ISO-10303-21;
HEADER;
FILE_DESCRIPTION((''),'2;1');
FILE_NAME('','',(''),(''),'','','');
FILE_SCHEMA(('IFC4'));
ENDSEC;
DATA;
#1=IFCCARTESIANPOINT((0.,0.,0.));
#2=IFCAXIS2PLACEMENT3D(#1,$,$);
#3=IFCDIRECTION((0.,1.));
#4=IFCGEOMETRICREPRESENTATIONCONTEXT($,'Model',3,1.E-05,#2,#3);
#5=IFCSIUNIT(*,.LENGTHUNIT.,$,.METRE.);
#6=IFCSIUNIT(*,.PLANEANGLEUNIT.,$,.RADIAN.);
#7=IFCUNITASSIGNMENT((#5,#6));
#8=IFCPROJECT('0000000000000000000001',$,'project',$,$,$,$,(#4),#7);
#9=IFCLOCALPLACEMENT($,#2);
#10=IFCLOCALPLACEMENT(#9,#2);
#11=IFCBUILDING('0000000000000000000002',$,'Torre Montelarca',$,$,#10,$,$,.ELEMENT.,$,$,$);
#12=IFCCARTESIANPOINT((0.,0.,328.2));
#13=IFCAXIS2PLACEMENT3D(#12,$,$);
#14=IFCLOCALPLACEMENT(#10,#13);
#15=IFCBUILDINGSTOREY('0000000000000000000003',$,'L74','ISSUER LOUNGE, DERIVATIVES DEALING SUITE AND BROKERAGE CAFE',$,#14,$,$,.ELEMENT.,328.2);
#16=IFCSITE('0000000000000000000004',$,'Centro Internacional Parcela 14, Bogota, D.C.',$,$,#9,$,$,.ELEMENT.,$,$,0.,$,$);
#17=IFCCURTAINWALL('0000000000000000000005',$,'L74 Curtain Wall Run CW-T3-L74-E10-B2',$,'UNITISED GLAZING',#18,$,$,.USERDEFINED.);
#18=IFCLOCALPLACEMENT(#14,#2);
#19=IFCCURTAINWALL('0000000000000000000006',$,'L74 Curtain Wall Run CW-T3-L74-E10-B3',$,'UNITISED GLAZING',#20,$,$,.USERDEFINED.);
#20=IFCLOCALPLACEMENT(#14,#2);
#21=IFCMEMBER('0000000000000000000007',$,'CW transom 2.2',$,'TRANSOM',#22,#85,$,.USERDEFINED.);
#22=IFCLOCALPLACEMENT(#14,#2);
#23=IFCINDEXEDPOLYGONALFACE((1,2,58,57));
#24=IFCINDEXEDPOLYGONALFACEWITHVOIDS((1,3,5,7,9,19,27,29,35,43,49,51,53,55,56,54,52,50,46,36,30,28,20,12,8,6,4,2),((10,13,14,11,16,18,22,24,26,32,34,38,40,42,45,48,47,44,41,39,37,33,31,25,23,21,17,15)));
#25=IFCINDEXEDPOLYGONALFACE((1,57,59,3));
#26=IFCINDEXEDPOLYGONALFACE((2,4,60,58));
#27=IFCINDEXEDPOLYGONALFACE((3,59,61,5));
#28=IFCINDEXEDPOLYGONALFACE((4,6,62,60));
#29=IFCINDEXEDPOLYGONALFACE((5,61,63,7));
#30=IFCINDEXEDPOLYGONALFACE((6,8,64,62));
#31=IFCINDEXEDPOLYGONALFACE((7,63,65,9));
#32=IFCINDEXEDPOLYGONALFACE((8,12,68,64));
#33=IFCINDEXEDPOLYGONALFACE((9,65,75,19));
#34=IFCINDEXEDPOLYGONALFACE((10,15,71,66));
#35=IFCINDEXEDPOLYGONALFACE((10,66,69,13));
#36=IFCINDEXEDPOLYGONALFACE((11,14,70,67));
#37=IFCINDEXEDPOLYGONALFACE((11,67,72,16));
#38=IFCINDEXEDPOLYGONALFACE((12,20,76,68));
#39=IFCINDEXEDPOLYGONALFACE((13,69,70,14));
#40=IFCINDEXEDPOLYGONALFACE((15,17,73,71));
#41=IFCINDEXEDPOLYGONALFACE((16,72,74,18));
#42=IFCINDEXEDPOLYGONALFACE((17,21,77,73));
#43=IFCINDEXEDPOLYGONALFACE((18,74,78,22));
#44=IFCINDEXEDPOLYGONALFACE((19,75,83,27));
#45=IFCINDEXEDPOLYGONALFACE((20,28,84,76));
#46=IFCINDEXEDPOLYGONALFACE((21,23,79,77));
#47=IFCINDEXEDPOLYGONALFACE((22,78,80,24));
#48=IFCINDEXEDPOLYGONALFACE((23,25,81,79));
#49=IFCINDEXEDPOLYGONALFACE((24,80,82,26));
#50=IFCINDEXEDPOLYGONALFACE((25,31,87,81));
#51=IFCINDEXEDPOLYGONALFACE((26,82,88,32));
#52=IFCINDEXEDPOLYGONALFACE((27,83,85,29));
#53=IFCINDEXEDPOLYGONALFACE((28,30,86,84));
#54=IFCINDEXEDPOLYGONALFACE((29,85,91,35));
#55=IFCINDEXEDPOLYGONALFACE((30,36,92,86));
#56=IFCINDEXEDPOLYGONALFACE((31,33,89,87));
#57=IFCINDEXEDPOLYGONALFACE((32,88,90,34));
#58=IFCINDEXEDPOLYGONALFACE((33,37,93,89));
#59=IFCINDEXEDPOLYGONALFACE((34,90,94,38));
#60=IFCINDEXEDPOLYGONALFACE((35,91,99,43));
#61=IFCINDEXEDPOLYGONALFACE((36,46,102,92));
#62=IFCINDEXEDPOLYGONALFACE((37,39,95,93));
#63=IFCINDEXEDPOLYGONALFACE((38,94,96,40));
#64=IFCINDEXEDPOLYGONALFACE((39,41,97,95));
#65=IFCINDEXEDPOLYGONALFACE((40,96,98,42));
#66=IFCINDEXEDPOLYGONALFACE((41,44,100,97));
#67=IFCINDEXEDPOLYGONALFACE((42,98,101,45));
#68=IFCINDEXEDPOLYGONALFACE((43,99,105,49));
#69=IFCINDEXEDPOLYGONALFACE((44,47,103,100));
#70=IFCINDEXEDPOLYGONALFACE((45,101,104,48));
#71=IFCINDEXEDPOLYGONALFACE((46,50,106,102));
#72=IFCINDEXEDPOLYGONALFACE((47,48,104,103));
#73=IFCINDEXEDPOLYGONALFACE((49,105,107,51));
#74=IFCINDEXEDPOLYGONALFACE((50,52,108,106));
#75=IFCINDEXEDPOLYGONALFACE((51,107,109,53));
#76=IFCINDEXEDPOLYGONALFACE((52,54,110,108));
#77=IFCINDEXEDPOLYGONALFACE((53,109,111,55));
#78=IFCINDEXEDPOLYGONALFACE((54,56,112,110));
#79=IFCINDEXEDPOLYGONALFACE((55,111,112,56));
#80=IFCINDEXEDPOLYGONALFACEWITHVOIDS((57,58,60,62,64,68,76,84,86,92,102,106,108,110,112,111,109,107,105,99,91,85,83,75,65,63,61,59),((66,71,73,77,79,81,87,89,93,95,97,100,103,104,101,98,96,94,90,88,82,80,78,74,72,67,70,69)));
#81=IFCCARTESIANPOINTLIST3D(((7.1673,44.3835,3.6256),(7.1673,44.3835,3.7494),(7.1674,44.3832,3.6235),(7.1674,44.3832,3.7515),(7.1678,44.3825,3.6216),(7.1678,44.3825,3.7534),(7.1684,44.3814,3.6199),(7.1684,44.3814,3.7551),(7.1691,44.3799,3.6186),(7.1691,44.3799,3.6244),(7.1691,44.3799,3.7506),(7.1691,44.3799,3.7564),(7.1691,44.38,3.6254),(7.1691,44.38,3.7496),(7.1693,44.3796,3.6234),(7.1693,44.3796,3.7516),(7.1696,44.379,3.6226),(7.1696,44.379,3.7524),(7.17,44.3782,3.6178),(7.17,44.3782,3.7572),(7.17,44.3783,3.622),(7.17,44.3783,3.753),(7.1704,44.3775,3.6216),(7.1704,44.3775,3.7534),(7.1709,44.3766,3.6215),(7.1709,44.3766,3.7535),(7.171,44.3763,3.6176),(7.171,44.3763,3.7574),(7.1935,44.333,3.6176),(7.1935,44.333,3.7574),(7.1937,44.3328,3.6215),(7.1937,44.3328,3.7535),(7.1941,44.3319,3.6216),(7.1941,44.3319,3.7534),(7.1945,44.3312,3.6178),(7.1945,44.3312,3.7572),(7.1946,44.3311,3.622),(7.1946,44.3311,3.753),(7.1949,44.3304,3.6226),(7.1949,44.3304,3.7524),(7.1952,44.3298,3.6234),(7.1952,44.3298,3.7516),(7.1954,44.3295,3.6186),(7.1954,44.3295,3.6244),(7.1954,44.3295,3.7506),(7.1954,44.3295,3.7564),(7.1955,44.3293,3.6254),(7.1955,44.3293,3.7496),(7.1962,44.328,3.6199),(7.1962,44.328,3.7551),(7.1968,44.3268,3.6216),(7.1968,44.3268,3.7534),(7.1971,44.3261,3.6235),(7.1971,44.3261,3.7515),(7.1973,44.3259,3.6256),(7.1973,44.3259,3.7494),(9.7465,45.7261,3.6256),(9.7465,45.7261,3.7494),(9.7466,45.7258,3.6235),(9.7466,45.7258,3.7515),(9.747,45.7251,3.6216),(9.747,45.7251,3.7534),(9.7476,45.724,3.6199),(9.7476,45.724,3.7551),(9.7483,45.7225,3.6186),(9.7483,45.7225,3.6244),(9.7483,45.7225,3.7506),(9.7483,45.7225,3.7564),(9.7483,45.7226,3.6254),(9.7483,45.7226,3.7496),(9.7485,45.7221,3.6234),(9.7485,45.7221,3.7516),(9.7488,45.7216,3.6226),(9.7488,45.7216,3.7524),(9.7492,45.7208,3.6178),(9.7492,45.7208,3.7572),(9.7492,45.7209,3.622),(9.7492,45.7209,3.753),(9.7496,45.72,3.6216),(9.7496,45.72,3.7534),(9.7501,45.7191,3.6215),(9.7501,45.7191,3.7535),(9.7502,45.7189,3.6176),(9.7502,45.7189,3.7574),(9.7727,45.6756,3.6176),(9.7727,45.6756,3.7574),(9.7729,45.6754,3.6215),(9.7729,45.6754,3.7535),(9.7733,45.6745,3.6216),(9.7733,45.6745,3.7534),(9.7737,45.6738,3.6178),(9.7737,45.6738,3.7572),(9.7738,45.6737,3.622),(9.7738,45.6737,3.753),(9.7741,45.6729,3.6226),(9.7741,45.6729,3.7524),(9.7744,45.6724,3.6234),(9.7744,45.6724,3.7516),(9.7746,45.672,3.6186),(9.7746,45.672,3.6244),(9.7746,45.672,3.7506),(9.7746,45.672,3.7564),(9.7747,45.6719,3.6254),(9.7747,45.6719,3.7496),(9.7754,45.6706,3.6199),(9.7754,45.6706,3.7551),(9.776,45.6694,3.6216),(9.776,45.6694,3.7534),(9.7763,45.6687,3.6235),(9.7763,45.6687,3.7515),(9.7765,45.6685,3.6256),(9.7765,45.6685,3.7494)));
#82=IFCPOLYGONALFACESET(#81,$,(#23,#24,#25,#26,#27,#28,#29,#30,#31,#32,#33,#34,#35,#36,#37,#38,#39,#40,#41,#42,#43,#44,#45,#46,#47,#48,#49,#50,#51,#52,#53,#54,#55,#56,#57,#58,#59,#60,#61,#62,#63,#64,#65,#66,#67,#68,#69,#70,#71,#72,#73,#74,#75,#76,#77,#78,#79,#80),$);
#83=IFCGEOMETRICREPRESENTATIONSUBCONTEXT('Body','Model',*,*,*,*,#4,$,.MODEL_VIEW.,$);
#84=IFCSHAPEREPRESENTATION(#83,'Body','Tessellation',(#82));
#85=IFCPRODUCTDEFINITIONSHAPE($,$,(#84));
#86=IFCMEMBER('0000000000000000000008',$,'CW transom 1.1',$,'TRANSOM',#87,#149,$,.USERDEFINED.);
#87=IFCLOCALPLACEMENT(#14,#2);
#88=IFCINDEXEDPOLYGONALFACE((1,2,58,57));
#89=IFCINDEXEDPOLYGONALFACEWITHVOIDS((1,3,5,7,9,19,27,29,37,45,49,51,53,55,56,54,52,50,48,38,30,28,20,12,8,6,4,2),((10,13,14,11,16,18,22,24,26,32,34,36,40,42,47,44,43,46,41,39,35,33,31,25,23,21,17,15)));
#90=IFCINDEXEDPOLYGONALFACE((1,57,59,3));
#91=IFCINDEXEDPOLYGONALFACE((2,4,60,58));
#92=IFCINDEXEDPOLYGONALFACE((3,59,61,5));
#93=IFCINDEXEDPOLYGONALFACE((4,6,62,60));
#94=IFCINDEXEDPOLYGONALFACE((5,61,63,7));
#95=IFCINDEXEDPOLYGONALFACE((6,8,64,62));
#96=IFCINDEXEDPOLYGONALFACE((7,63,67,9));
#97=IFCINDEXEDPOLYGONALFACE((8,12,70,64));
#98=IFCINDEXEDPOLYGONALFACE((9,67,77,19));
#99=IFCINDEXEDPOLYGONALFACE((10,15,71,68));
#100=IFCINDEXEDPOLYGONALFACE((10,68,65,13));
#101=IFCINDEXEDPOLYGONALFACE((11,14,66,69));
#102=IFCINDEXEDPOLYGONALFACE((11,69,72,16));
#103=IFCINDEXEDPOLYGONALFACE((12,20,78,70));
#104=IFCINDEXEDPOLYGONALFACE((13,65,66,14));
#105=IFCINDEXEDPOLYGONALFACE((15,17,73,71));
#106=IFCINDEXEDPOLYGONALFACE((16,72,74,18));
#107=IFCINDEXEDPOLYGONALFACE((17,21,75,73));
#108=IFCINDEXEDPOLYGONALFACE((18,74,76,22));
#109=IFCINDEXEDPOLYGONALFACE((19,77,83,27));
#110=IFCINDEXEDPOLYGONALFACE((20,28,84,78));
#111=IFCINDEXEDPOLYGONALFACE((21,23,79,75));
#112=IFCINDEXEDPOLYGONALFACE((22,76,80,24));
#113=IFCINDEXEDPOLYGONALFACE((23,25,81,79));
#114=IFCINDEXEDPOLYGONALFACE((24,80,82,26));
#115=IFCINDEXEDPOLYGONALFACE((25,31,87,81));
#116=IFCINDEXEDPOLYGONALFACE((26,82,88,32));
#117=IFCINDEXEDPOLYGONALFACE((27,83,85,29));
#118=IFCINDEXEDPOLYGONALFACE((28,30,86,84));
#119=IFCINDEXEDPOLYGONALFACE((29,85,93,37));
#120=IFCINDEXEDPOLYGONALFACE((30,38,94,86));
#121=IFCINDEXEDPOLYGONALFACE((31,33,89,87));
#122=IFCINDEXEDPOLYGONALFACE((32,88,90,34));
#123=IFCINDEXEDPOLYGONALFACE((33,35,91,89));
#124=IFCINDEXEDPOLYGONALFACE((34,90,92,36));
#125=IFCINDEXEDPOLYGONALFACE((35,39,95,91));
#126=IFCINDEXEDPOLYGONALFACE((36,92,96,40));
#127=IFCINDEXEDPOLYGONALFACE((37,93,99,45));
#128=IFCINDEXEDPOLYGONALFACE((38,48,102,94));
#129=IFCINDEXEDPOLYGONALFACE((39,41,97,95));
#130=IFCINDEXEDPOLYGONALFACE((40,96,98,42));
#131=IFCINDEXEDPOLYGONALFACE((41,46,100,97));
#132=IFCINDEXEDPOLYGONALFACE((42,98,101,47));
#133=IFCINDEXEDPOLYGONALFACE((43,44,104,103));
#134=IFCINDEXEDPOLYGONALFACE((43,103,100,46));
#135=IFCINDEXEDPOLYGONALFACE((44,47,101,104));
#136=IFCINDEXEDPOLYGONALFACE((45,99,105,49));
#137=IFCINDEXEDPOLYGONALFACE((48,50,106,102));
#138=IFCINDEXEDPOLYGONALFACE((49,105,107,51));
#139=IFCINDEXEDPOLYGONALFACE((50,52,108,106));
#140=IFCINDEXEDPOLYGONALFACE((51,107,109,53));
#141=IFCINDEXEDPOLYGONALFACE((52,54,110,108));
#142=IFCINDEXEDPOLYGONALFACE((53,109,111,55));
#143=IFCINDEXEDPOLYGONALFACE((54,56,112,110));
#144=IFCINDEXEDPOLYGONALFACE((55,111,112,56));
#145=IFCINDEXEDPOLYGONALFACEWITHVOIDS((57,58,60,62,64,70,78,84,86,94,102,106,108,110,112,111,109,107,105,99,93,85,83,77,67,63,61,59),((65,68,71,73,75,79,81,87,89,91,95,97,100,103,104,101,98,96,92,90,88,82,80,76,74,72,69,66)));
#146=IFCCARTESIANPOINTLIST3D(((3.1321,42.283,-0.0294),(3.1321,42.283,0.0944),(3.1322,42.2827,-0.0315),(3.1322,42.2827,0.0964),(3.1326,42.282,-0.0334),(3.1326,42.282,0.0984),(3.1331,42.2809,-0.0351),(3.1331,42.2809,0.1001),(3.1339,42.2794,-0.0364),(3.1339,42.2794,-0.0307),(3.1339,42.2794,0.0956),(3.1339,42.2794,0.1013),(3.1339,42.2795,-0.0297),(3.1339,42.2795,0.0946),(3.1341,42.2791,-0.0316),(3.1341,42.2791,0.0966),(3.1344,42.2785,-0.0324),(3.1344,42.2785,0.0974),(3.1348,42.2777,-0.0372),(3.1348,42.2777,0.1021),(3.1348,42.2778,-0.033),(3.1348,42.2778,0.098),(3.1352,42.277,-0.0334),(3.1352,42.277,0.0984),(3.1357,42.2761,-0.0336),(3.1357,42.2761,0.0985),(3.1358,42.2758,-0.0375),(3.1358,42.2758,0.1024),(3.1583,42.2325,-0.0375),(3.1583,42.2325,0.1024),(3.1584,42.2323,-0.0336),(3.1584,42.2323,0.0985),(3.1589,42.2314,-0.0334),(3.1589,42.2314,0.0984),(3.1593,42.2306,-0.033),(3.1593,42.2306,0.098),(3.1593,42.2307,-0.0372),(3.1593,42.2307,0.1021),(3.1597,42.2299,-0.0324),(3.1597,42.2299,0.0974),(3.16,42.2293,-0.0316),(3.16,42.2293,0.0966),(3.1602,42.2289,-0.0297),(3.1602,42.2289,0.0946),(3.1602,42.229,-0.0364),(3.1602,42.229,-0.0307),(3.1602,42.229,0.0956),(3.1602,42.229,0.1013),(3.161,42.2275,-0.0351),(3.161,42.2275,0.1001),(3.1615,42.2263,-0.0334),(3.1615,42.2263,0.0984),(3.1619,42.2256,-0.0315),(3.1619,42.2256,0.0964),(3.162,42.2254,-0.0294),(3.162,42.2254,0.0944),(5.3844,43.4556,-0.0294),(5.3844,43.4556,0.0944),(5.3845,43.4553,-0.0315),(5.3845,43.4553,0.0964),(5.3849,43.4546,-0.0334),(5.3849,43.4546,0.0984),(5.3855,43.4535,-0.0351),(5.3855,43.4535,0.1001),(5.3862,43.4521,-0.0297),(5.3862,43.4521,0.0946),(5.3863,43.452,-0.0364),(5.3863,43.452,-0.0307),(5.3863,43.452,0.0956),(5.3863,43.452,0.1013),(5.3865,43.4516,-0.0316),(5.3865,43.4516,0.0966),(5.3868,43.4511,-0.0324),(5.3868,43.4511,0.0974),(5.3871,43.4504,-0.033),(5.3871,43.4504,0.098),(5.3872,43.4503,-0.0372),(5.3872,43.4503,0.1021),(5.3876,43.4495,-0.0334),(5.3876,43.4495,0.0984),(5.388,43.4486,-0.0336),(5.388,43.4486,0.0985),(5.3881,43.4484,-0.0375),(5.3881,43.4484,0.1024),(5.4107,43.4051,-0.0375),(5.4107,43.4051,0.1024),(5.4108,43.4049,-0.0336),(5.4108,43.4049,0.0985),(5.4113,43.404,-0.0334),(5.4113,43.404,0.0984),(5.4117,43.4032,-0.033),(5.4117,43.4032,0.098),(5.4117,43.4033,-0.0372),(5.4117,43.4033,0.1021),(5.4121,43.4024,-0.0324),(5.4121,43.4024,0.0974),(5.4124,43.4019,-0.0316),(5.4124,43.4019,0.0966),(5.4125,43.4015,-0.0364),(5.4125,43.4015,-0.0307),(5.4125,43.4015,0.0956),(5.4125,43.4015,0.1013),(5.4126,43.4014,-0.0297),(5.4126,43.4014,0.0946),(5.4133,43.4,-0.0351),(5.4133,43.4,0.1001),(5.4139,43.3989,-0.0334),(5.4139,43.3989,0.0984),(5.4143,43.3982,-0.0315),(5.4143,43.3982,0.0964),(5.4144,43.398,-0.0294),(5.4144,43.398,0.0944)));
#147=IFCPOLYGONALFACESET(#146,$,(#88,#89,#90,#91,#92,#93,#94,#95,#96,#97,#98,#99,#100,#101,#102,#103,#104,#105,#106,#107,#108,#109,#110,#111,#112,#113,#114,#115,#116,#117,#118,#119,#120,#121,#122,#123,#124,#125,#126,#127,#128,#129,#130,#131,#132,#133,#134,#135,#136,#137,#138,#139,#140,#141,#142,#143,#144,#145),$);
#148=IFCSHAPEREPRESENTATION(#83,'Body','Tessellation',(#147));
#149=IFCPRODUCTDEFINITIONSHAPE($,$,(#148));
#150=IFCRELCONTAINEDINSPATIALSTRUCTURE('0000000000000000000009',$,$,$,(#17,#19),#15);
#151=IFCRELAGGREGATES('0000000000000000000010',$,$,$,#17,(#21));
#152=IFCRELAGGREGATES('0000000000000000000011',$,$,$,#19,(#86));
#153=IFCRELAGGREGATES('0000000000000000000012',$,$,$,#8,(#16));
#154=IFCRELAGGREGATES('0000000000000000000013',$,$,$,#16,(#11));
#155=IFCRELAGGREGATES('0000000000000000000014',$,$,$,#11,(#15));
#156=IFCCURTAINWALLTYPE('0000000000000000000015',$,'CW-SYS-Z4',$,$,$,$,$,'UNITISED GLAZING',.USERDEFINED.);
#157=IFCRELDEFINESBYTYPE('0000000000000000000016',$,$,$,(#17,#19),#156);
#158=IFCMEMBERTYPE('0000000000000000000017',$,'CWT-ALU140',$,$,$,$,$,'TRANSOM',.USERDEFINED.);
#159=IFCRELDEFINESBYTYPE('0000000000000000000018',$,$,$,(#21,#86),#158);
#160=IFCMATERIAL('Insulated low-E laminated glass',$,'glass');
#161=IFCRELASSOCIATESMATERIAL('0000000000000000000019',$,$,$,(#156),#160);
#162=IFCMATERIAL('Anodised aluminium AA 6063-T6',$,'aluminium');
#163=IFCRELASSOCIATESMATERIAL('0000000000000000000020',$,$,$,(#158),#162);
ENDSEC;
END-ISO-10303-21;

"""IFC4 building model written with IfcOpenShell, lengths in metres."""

from ifc_helpers import new_model, si_unit, direction, frame, origin, origin_2d, place, context, subcontext, project, spatial, hollow_rectangle, extrude, source, transform, mapped, material, material_profile, profile_set, type_object, element, aggregate, save


model = new_model("IFC4")

# Units and contexts
model_context = context("Model", 3, precision=1e-05, world=origin(), true_north=direction((0.0, 1.0)))
body_context = subcontext(model_context, "Body", "Model", "MODEL_VIEW")
ifc_project = project(units=[si_unit("LENGTHUNIT", "METRE"), si_unit("PLANEANGLEUNIT", "RADIAN")], contexts=[model_context])

# Site, building, storey
site_placement = place(None, origin())
site = spatial("IfcSite", under=ifc_project, at=site_placement, Name="Centro Internacional Parcela 14, Bogota, D.C.", CompositionType="ELEMENT", RefElevation=0.0)
building_placement = place(site_placement, origin())
building = spatial("IfcBuilding", under=site, at=building_placement, Name="Torre Montelarca", CompositionType="ELEMENT")
storey_placement = place(building_placement, frame((0.0, 0.0, 328.2)))
storey = spatial("IfcBuildingStorey", under=building, at=storey_placement, Name="L74", Description="ISSUER LOUNGE, DERIVATIVES DEALING SUITE AND BROKERAGE CAFE", CompositionType="ELEMENT", Elevation=328.2)

# Curtain walls
ifc_material_1 = material(Name="Insulated low-E laminated glass", Category="glass")
curtain_wall_type = type_object("IfcCurtainWallType", Name="CW-SYS-Z4", ElementType="UNITISED GLAZING", PredefinedType="USERDEFINED", material=ifc_material_1)
curtain_wall_1_placement = place(storey_placement, origin())
curtain_wall_1 = element("IfcCurtainWall", 1, at=curtain_wall_1_placement, inside=storey, type_object=curtain_wall_type, Name="L74 Curtain Wall Run CW-T3-L74-E10-B2", ObjectType="UNITISED GLAZING", PredefinedType="USERDEFINED")
ifc_material_2 = material(Name="Anodised aluminium AA 6063-T6", Category="aluminium")
curtain_wall_2_placement = place(storey_placement, origin())
curtain_wall_2 = element("IfcCurtainWall", 2, at=curtain_wall_2_placement, inside=storey, type_object=curtain_wall_type, Name="L74 Curtain Wall Run CW-T3-L74-E10-B3", ObjectType="UNITISED GLAZING", PredefinedType="USERDEFINED")
ifc_material_profile_1 = material_profile(ifc_material_2, hollow_rectangle(XDim=0.0649, YDim=0.1399, WallThickness=0.0039, InnerFilletRadius=0.0039, OuterFilletRadius=0.0081, at=origin_2d()), Name="ALU65X140X4", Category="aluminium")
ifc_profile_set_1 = profile_set([ifc_material_profile_1], Name="Anodised aluminium AA 6063-T6")
member_type_1 = type_object("IfcMemberType", Name="CWT-ALU140", ElementType="TRANSOM", PredefinedType="USERDEFINED", material=ifc_profile_set_1)

# Members
shared_shape_1 = source(origin(), body_context, "Body", "SweptSolid", [
    extrude(hollow_rectangle(XDim=0.0649, YDim=0.1399, WallThickness=0.0039, InnerFilletRadius=0.0039, OuterFilletRadius=0.0081, at=origin_2d()), origin(), (0.0, 0.0, 1.0), 2.9077),
])
member_1_placement = place(storey_placement, frame((9.7615, 45.6973, 3.6875), z_axis=(-0.88702, -0.461731, 0.0), x_axis=(0.461731, -0.88702, 0.0)))
member_1 = element("IfcMember", 3, at=member_1_placement, type_object=member_type_1, Name="CW transom 2.2", ObjectType="TRANSOM", PredefinedType="USERDEFINED", context=body_context, shape_type="MappedRepresentation", body=[
    mapped(shared_shape_1, transform((0.0, 0.0, 0.0), scale=1.0)),
])
shared_shape_2 = source(origin(), body_context, "Body", "SweptSolid", [
    extrude(hollow_rectangle(XDim=0.0649, YDim=0.1399, WallThickness=0.0039, InnerFilletRadius=0.0039, OuterFilletRadius=0.0081, at=origin_2d()), origin(), (0.0, 0.0, 1.0), 2.5393),
])
member_2_placement = place(storey_placement, frame((5.3994, 43.4268, 0.0325), z_axis=(-0.887001, -0.461767, 0.0), x_axis=(0.461767, -0.887001, 0.0)))
member_2 = element("IfcMember", 4, at=member_2_placement, type_object=member_type_1, Name="CW transom 1.1", ObjectType="TRANSOM", PredefinedType="USERDEFINED", context=body_context, shape_type="MappedRepresentation", body=[
    mapped(shared_shape_2, transform((0.0, 0.0, 0.0), scale=1.0)),
])

aggregate(curtain_wall_1, [member_1])
aggregate(curtain_wall_2, [member_2])

save(model, "model.ifc")
